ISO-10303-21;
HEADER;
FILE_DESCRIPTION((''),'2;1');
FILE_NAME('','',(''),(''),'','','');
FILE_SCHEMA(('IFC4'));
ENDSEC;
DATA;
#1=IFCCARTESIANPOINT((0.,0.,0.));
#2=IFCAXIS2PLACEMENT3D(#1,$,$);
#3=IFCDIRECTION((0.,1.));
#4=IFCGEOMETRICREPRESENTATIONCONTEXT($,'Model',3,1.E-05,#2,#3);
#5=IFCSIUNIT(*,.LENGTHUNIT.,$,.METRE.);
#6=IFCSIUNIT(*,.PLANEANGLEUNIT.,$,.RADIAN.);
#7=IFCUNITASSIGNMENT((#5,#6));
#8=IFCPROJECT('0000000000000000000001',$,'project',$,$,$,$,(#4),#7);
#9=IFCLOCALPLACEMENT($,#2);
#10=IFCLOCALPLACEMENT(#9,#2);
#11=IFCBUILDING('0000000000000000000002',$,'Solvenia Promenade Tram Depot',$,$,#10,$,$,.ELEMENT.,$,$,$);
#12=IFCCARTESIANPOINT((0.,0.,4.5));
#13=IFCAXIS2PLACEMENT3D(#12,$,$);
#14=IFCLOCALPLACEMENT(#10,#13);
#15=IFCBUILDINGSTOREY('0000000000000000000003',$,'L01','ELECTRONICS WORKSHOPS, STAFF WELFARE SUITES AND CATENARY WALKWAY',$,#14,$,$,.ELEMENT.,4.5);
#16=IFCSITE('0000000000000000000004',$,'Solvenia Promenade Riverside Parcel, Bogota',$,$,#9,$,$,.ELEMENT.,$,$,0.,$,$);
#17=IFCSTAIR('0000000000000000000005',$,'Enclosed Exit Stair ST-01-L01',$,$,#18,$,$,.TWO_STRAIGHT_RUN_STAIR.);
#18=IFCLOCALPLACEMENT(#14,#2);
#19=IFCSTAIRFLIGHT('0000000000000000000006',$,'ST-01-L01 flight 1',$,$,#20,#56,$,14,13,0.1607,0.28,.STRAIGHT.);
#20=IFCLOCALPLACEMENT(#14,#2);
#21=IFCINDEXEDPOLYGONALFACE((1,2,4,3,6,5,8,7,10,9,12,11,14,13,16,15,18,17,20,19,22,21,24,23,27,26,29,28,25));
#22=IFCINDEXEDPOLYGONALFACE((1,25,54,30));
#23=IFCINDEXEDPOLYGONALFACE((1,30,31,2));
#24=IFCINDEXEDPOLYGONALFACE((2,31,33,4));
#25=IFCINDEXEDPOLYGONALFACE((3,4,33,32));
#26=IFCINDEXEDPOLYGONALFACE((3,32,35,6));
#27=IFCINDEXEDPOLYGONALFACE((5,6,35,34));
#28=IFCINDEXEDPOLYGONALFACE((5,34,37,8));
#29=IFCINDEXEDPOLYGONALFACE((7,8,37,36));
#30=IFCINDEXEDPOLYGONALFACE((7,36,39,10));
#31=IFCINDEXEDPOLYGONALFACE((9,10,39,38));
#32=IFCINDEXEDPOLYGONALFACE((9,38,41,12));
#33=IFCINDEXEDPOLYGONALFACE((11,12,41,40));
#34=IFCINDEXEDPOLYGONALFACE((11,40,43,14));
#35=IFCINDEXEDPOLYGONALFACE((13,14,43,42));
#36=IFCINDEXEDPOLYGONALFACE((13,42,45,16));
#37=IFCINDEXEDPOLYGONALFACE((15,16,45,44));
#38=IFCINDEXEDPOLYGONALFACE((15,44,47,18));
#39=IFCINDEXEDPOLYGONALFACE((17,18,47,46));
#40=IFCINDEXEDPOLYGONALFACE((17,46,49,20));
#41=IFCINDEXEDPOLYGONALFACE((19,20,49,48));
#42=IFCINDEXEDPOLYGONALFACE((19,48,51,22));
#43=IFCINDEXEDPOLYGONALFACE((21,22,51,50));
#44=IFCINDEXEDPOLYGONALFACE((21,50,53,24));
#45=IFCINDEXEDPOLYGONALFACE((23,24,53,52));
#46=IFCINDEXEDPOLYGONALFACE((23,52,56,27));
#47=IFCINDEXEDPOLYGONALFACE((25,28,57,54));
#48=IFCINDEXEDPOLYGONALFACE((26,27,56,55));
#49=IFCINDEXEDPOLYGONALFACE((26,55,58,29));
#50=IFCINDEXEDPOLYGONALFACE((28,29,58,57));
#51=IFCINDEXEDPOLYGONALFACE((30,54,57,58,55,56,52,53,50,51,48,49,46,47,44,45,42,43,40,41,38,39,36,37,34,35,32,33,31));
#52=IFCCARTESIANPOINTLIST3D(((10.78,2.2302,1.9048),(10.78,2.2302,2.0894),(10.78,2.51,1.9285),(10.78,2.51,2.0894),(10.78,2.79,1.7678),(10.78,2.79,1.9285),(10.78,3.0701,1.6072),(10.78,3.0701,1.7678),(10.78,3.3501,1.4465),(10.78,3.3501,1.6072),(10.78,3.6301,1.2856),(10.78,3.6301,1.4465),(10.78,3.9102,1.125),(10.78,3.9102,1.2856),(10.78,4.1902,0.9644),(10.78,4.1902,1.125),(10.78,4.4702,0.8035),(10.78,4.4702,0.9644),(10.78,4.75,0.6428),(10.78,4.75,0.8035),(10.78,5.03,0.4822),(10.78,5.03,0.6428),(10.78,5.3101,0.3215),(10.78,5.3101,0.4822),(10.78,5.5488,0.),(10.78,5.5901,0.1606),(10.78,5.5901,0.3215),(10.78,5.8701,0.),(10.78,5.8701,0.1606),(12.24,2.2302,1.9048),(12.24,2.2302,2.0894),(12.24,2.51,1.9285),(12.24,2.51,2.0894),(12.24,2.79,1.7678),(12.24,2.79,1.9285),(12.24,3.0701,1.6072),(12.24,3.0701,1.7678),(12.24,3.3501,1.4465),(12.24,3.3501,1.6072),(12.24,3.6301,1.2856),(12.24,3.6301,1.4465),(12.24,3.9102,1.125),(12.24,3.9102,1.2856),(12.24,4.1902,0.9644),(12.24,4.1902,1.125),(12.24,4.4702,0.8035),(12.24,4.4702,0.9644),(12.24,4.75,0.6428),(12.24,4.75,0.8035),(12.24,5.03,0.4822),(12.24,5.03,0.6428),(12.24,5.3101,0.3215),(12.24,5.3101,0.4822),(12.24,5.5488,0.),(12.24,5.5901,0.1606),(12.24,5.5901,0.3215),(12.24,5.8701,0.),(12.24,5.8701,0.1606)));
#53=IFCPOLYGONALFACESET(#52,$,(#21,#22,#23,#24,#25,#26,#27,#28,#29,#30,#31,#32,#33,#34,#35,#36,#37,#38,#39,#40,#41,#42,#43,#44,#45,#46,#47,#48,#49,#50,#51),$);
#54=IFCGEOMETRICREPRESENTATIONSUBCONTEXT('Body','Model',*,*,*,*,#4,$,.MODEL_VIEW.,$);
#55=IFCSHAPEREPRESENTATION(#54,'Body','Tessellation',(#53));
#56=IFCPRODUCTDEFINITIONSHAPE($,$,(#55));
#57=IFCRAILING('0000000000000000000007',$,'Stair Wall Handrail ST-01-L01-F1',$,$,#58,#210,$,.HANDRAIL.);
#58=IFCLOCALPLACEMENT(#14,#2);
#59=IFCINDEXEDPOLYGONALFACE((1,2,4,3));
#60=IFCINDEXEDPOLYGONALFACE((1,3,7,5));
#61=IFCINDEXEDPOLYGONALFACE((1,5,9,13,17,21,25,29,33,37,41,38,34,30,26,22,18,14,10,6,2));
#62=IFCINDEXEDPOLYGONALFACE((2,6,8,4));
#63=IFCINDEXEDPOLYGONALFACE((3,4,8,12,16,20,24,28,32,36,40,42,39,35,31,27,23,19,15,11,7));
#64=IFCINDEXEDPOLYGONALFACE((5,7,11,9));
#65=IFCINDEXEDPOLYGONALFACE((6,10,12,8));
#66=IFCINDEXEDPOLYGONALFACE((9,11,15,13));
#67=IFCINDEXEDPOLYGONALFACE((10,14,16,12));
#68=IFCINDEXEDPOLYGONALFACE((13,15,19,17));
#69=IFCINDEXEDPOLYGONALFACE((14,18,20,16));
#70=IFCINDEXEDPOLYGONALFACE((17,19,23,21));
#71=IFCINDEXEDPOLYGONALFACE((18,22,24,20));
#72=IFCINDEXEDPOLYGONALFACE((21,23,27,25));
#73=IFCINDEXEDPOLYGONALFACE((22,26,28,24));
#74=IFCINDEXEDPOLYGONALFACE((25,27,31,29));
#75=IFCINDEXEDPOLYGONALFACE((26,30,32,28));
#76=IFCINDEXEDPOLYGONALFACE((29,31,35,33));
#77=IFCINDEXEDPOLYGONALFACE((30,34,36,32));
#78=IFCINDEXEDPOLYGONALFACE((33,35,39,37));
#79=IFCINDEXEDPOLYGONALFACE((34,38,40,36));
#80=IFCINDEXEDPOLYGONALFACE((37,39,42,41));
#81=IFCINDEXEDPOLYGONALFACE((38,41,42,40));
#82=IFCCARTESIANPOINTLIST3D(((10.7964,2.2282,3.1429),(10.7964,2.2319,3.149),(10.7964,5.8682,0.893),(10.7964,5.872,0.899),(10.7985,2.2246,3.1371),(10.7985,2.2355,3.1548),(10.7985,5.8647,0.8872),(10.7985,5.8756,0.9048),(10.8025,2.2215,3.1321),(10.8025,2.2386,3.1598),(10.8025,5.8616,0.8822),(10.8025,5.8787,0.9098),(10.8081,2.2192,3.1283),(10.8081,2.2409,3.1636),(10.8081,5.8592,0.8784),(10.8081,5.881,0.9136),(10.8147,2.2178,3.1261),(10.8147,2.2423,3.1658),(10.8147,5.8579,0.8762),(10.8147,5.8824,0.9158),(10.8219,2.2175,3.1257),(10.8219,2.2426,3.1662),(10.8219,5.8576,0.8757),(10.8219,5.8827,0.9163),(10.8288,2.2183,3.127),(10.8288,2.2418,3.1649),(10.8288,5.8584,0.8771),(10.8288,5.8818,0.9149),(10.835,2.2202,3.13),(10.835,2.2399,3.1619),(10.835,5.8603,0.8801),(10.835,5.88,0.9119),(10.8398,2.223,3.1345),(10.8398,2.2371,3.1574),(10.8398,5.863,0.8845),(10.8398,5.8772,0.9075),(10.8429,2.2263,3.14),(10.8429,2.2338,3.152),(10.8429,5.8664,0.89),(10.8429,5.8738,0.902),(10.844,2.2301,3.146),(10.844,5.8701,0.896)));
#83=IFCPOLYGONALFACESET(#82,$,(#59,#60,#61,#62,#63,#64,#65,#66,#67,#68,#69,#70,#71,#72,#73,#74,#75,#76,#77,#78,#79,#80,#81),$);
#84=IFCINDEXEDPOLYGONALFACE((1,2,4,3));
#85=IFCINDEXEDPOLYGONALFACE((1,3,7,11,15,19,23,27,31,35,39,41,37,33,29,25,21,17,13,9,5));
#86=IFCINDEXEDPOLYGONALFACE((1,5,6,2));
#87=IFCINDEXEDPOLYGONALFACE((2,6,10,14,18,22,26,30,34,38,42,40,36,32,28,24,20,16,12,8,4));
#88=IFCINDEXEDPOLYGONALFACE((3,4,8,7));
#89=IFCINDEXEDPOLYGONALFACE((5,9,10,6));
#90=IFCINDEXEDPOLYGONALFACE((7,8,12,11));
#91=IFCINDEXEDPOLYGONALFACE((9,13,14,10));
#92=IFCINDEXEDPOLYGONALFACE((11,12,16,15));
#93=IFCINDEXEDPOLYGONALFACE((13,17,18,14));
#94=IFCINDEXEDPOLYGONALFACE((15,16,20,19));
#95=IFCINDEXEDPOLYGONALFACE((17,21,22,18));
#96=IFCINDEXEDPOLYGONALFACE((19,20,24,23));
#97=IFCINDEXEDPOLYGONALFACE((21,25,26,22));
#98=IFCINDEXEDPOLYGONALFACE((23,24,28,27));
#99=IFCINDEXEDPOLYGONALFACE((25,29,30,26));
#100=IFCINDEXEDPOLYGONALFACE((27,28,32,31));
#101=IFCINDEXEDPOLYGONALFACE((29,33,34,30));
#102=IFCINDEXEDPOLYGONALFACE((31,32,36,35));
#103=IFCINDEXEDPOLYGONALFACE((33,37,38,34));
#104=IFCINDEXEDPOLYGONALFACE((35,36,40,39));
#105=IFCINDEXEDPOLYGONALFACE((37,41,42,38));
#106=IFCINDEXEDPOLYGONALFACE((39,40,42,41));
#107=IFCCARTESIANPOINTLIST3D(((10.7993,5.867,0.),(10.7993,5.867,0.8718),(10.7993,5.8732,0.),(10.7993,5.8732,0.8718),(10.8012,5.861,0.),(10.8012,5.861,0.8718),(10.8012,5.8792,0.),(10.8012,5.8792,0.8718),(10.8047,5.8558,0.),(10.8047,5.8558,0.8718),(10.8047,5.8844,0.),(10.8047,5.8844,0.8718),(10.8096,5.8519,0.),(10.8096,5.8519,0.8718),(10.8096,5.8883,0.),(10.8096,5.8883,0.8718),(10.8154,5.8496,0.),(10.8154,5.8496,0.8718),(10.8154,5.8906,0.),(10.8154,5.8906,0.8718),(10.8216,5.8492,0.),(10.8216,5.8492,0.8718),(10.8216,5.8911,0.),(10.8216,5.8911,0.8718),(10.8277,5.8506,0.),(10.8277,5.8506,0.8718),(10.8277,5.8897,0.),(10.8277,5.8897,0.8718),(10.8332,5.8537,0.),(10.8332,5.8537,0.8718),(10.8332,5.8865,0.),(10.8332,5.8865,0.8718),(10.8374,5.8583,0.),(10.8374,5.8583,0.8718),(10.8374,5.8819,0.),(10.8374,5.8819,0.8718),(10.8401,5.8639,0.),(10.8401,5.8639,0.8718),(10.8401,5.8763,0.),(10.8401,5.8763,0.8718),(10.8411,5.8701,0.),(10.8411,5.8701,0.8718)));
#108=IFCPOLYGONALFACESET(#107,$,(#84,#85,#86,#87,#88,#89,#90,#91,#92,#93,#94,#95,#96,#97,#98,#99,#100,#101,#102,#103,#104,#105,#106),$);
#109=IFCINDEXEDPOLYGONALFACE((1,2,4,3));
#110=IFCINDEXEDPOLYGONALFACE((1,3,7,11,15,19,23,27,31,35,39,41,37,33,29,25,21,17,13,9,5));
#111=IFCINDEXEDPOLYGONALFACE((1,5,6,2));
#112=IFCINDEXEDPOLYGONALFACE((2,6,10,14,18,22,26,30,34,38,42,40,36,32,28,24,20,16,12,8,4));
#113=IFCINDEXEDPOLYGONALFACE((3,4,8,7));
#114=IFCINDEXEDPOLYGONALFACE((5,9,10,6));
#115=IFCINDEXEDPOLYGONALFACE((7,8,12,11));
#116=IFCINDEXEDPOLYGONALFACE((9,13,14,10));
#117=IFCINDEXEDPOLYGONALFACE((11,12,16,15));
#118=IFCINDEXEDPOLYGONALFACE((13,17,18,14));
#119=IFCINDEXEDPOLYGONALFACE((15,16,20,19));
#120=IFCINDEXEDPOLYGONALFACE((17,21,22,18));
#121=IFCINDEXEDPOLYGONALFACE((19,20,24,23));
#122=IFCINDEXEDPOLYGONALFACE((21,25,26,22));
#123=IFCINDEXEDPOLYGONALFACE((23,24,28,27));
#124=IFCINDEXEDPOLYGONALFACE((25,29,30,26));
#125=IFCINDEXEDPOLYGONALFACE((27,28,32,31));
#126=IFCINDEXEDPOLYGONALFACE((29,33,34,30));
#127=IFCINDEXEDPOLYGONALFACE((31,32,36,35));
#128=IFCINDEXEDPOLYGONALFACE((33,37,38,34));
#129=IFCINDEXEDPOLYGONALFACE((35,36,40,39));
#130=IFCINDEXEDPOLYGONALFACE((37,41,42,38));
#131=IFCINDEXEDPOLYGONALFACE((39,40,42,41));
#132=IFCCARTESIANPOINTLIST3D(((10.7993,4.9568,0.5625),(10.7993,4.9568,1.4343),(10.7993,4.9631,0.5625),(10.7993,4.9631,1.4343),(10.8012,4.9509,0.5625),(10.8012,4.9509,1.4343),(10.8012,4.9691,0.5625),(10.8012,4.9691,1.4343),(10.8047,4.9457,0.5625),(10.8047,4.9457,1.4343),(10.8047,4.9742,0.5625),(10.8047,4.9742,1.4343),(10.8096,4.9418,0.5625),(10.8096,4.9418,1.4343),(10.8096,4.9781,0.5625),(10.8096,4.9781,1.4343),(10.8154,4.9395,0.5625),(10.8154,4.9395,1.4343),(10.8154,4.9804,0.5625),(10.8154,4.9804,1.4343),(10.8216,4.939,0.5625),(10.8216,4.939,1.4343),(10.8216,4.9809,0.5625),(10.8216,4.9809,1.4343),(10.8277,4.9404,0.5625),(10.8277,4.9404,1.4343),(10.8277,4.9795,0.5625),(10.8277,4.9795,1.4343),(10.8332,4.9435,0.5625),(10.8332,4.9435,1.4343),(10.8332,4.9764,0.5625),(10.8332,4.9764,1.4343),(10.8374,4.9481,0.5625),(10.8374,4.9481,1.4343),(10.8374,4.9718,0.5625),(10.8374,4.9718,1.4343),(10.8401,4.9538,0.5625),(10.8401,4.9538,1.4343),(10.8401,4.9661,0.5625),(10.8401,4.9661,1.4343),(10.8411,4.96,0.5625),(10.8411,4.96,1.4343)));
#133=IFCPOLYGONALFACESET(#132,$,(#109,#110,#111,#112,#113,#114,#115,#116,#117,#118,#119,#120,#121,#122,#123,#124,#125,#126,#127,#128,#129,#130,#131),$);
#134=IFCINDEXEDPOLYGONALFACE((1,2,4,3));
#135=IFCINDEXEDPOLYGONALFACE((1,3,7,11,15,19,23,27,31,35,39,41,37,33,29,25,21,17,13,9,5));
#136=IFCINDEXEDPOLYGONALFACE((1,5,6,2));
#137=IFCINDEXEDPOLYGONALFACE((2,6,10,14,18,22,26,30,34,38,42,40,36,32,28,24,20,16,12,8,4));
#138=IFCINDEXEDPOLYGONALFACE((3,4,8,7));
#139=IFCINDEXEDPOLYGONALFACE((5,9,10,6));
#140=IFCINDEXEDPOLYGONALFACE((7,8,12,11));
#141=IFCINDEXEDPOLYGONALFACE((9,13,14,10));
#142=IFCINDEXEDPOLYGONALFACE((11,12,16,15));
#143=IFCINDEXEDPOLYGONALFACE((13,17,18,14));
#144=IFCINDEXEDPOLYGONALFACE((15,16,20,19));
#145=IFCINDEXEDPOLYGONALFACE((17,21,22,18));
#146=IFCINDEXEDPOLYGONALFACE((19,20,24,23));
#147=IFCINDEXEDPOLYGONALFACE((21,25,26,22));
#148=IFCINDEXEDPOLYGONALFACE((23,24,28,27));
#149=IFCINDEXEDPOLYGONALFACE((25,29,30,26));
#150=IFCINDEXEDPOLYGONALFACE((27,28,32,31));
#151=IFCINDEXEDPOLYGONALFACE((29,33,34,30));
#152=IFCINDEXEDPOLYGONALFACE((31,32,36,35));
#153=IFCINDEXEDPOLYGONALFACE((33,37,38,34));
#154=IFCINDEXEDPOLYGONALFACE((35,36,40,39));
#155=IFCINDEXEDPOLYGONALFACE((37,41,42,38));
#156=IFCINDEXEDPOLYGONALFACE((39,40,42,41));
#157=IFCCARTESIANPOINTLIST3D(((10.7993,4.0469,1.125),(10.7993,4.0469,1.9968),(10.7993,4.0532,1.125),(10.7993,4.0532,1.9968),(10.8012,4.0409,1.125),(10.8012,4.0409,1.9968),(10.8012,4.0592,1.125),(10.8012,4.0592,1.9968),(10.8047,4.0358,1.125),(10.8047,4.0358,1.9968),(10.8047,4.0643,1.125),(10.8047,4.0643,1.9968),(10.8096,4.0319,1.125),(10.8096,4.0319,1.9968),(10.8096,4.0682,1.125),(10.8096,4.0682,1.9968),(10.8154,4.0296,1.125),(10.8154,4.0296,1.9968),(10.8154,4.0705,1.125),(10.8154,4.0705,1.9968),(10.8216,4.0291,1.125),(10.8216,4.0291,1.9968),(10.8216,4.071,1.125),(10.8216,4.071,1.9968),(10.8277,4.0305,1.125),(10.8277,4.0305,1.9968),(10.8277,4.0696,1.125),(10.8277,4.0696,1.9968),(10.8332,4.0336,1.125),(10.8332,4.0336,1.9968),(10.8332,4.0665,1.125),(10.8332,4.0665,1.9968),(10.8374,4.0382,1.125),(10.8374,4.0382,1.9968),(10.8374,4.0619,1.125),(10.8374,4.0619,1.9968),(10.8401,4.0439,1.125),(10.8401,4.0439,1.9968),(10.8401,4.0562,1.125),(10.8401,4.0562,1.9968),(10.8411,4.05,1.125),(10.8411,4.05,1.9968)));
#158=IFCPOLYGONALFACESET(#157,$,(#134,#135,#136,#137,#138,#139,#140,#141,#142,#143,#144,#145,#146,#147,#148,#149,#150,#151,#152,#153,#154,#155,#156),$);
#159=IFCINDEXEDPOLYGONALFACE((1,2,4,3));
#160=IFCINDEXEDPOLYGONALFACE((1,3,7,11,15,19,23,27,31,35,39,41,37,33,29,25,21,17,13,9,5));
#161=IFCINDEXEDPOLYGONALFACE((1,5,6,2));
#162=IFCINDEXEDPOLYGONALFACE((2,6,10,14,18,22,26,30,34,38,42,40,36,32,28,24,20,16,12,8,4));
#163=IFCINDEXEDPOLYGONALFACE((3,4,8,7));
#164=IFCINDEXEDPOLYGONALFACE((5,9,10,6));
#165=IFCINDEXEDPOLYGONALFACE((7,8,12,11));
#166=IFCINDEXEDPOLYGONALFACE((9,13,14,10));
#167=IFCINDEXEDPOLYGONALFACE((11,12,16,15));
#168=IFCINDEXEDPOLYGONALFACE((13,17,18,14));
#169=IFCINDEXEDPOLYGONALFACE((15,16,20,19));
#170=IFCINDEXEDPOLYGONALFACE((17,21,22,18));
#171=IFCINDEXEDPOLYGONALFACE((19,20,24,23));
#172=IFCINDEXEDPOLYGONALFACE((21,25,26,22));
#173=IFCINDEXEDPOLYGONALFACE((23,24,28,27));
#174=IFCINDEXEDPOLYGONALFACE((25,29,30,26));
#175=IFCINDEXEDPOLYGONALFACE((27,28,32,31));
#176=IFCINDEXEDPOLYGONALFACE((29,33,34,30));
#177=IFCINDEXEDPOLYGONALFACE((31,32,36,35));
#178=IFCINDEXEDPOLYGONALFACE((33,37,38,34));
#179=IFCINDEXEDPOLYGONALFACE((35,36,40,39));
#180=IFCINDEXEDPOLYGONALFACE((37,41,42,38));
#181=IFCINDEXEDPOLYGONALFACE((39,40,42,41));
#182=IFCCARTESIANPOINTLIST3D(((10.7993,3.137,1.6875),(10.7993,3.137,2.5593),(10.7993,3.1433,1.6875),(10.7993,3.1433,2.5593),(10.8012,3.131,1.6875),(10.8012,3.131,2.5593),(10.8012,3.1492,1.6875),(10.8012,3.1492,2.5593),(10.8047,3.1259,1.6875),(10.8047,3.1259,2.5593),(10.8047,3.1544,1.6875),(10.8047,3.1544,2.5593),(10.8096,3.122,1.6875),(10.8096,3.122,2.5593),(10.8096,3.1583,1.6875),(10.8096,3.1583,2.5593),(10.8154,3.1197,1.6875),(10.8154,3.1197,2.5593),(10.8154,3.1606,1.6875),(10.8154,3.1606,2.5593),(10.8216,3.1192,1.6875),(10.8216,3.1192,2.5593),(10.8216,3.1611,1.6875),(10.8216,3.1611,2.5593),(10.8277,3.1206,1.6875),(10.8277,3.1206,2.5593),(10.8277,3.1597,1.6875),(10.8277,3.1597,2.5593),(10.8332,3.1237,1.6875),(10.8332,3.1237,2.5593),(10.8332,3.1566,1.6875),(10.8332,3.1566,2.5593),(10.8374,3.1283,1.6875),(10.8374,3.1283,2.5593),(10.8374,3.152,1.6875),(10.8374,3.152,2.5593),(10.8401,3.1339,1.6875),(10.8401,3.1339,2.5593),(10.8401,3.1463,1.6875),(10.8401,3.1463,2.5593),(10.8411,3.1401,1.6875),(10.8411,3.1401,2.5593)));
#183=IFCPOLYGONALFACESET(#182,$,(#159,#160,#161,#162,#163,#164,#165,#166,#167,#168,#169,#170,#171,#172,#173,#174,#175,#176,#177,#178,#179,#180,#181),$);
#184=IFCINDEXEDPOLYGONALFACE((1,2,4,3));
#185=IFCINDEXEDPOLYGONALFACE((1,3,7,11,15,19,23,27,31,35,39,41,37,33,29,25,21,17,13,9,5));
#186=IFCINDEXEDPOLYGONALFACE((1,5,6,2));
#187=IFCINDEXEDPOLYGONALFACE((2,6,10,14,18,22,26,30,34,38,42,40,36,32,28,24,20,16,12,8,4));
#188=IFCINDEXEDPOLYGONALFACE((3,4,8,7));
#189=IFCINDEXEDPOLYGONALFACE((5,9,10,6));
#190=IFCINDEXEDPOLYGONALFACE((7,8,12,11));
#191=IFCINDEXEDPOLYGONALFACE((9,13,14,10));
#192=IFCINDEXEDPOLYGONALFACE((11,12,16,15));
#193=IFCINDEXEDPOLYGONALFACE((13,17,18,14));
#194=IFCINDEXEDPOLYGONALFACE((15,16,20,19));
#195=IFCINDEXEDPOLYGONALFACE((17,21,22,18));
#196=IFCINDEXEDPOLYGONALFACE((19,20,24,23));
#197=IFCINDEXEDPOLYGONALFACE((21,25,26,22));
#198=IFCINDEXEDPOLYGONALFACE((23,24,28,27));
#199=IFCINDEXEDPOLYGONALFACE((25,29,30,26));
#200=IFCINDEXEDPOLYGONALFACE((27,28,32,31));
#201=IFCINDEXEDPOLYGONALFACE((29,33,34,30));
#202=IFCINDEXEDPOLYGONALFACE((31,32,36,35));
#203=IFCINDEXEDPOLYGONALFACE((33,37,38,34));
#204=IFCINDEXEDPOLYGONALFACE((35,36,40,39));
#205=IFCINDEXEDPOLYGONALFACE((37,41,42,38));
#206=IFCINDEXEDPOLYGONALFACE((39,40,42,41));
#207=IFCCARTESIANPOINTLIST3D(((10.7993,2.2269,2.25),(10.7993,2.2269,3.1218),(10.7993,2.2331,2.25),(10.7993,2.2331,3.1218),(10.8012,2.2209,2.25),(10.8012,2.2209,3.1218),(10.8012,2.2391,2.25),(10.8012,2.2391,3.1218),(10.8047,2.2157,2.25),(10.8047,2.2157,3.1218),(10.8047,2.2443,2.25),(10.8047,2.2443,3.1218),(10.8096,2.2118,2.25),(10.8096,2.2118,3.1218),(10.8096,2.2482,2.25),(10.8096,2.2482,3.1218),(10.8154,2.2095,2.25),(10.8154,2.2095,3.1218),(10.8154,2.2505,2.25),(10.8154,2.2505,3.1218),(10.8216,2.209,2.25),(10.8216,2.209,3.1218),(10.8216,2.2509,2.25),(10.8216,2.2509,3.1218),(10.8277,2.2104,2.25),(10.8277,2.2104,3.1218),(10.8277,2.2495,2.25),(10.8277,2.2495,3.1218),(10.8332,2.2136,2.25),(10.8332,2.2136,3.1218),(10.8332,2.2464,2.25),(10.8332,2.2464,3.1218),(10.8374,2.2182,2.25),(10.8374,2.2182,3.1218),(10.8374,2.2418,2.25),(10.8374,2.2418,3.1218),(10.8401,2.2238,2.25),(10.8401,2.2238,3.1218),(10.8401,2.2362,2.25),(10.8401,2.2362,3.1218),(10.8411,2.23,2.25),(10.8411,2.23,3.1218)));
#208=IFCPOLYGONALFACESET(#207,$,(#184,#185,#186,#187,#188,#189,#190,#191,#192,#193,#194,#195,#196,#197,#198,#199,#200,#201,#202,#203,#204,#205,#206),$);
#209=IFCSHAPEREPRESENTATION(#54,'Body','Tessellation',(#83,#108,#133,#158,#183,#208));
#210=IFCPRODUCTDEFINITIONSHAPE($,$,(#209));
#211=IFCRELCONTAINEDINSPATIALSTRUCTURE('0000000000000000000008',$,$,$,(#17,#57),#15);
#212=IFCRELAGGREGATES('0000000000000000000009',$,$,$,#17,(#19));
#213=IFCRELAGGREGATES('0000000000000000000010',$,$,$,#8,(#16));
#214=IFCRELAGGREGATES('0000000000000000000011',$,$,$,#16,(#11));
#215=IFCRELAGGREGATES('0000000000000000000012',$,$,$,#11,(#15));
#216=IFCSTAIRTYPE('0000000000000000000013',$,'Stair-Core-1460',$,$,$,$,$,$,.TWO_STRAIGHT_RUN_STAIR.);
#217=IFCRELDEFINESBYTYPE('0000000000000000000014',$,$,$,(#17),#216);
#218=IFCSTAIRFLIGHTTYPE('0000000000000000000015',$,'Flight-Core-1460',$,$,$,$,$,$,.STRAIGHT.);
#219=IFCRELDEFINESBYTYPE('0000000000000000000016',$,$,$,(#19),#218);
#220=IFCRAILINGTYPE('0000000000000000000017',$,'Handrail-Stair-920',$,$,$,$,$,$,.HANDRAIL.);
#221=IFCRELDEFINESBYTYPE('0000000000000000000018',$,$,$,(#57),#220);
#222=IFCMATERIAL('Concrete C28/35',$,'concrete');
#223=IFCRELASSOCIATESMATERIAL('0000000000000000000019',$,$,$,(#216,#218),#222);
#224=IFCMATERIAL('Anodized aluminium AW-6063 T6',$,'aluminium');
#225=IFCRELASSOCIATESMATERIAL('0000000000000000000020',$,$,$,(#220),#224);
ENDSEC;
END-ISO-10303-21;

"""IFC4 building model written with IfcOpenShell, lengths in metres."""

from ifc_helpers import new_model, si_unit, direction, frame, origin, origin_2d, place, context, subcontext, project, spatial, polyline, circle, outline, extrude, material, type_object, element, aggregate, save


model = new_model("IFC4")

# Units and contexts
model_context = context("Model", 3, precision=1e-05, world=origin(), true_north=direction((0.0, 1.0)))
body_context = subcontext(model_context, "Body", "Model", "MODEL_VIEW")
ifc_project = project(units=[si_unit("LENGTHUNIT", "METRE"), si_unit("PLANEANGLEUNIT", "RADIAN")], contexts=[model_context])

# Site, building, storey
site_placement = place(None, origin())
site = spatial("IfcSite", under=ifc_project, at=site_placement, Name="Solvenia Promenade Riverside Parcel, Bogota", CompositionType="ELEMENT", RefElevation=0.0)
building_placement = place(site_placement, origin())
building = spatial("IfcBuilding", under=site, at=building_placement, Name="Solvenia Promenade Tram Depot", CompositionType="ELEMENT")
storey_placement = place(building_placement, frame((0.0, 0.0, 4.5)))
storey = spatial("IfcBuildingStorey", under=building, at=storey_placement, Name="L01", Description="ELECTRONICS WORKSHOPS, STAFF WELFARE SUITES AND CATENARY WALKWAY", CompositionType="ELEMENT", Elevation=4.5)

# Shared definitions
ifc_material_1 = material(Name="Concrete C28/35", Category="concrete")

# Stair, stair flight
stair_type_1 = type_object("IfcStairType", Name="Stair-Core-1460", PredefinedType="TWO_STRAIGHT_RUN_STAIR", material=ifc_material_1)
stair_1_placement = place(storey_placement, origin())
stair_1 = element("IfcStair", 1, at=stair_1_placement, inside=storey, type_object=stair_type_1, Name="Enclosed Exit Stair ST-01-L01", PredefinedType="TWO_STRAIGHT_RUN_STAIR")
stair_flight_type_1 = type_object("IfcStairFlightType", Name="Flight-Core-1460", PredefinedType="STRAIGHT", material=ifc_material_1)
stair_flight_1_placement = place(storey_placement, frame((11.51, 5.8701, 0.0), z_axis=(0.0, 0.0, 1.0), x_axis=(0.0, -1.0, 0.0)))
stair_flight_1 = element("IfcStairFlight", 2, at=stair_flight_1_placement, type_object=stair_flight_type_1, Name="ST-01-L01 flight 1", NumberOfRisers=14, NumberOfTreads=13, PredefinedType="STRAIGHT", RiserHeight=0.1607, TreadLength=0.28, context=body_context, shape_type="SweptSolid", body=[
    extrude(outline(polyline([(0.0, 0.0), (0.0, 0.1606), (0.28, 0.1606), (0.28, 0.3215), (0.5601, 0.3215), (0.5601, 0.4822), (0.8401, 0.4822), (0.8401, 0.6428), (1.1201, 0.6428), (1.1201, 0.8035), (1.3999, 0.8035), (1.3999, 0.9644), (1.6799, 0.9644), (1.6799, 1.125), (1.96, 1.125), (1.96, 1.2856), (2.24, 1.2856), (2.24, 1.4465), (2.52, 1.4465), (2.52, 1.6072), (2.8, 1.6072), (2.8, 1.7678), (3.0801, 1.7678), (3.0801, 1.9285), (3.3601, 1.9285), (3.3601, 2.0894), (3.6399, 2.0894), (3.6399, 2.25), (3.6399, 1.9048), (0.3213, 0.0), (0.0, 0.0)])), frame((0.0, 0.73, 0.0), z_axis=(0.0, -1.0, 0.0), x_axis=(1.0, 0.0, 0.0)), (0.0, 0.0, 1.0), 1.46),
])
aggregate(stair_1, [stair_flight_1])

# Railing
ifc_material_2 = material(Name="Anodized aluminium AW-6063 T6", Category="aluminium")
railing_type_1 = type_object("IfcRailingType", Name="Handrail-Stair-920", PredefinedType="HANDRAIL", material=ifc_material_2)
railing_1_placement = place(storey_placement, frame((10.8201, 5.8701, 0.0)))
element("IfcRailing", 3, at=railing_1_placement, inside=storey, type_object=railing_type_1, Name="Stair Wall Handrail ST-01-L01-F1", PredefinedType="HANDRAIL", context=body_context, shape_type="SweptSolid", body=[
    extrude(circle(Radius=0.0239, at=origin_2d()), frame((0.0, 0.0, 0.896), z_axis=(0.0, -0.850622, 0.525777), x_axis=(1.0, 0.0, 0.0)), (0.0, 0.0, 1.0), 4.2793),
    extrude(circle(Radius=0.021, at=origin_2d()), origin(), (0.0, 0.0, 1.0), 0.8718),
    extrude(circle(Radius=0.021, at=origin_2d()), frame((0.0, -0.9102, 0.5625)), (0.0, 0.0, 1.0), 0.8718),
    extrude(circle(Radius=0.021, at=origin_2d()), frame((0.0, -1.8201, 1.125)), (0.0, 0.0, 1.0), 0.8718),
    extrude(circle(Radius=0.021, at=origin_2d()), frame((0.0, -2.73, 1.6875)), (0.0, 0.0, 1.0), 0.8718),
    extrude(circle(Radius=0.021, at=origin_2d()), frame((0.0, -3.6401, 2.25)), (0.0, 0.0, 1.0), 0.8718),
])

save(model, "model.ifc")
